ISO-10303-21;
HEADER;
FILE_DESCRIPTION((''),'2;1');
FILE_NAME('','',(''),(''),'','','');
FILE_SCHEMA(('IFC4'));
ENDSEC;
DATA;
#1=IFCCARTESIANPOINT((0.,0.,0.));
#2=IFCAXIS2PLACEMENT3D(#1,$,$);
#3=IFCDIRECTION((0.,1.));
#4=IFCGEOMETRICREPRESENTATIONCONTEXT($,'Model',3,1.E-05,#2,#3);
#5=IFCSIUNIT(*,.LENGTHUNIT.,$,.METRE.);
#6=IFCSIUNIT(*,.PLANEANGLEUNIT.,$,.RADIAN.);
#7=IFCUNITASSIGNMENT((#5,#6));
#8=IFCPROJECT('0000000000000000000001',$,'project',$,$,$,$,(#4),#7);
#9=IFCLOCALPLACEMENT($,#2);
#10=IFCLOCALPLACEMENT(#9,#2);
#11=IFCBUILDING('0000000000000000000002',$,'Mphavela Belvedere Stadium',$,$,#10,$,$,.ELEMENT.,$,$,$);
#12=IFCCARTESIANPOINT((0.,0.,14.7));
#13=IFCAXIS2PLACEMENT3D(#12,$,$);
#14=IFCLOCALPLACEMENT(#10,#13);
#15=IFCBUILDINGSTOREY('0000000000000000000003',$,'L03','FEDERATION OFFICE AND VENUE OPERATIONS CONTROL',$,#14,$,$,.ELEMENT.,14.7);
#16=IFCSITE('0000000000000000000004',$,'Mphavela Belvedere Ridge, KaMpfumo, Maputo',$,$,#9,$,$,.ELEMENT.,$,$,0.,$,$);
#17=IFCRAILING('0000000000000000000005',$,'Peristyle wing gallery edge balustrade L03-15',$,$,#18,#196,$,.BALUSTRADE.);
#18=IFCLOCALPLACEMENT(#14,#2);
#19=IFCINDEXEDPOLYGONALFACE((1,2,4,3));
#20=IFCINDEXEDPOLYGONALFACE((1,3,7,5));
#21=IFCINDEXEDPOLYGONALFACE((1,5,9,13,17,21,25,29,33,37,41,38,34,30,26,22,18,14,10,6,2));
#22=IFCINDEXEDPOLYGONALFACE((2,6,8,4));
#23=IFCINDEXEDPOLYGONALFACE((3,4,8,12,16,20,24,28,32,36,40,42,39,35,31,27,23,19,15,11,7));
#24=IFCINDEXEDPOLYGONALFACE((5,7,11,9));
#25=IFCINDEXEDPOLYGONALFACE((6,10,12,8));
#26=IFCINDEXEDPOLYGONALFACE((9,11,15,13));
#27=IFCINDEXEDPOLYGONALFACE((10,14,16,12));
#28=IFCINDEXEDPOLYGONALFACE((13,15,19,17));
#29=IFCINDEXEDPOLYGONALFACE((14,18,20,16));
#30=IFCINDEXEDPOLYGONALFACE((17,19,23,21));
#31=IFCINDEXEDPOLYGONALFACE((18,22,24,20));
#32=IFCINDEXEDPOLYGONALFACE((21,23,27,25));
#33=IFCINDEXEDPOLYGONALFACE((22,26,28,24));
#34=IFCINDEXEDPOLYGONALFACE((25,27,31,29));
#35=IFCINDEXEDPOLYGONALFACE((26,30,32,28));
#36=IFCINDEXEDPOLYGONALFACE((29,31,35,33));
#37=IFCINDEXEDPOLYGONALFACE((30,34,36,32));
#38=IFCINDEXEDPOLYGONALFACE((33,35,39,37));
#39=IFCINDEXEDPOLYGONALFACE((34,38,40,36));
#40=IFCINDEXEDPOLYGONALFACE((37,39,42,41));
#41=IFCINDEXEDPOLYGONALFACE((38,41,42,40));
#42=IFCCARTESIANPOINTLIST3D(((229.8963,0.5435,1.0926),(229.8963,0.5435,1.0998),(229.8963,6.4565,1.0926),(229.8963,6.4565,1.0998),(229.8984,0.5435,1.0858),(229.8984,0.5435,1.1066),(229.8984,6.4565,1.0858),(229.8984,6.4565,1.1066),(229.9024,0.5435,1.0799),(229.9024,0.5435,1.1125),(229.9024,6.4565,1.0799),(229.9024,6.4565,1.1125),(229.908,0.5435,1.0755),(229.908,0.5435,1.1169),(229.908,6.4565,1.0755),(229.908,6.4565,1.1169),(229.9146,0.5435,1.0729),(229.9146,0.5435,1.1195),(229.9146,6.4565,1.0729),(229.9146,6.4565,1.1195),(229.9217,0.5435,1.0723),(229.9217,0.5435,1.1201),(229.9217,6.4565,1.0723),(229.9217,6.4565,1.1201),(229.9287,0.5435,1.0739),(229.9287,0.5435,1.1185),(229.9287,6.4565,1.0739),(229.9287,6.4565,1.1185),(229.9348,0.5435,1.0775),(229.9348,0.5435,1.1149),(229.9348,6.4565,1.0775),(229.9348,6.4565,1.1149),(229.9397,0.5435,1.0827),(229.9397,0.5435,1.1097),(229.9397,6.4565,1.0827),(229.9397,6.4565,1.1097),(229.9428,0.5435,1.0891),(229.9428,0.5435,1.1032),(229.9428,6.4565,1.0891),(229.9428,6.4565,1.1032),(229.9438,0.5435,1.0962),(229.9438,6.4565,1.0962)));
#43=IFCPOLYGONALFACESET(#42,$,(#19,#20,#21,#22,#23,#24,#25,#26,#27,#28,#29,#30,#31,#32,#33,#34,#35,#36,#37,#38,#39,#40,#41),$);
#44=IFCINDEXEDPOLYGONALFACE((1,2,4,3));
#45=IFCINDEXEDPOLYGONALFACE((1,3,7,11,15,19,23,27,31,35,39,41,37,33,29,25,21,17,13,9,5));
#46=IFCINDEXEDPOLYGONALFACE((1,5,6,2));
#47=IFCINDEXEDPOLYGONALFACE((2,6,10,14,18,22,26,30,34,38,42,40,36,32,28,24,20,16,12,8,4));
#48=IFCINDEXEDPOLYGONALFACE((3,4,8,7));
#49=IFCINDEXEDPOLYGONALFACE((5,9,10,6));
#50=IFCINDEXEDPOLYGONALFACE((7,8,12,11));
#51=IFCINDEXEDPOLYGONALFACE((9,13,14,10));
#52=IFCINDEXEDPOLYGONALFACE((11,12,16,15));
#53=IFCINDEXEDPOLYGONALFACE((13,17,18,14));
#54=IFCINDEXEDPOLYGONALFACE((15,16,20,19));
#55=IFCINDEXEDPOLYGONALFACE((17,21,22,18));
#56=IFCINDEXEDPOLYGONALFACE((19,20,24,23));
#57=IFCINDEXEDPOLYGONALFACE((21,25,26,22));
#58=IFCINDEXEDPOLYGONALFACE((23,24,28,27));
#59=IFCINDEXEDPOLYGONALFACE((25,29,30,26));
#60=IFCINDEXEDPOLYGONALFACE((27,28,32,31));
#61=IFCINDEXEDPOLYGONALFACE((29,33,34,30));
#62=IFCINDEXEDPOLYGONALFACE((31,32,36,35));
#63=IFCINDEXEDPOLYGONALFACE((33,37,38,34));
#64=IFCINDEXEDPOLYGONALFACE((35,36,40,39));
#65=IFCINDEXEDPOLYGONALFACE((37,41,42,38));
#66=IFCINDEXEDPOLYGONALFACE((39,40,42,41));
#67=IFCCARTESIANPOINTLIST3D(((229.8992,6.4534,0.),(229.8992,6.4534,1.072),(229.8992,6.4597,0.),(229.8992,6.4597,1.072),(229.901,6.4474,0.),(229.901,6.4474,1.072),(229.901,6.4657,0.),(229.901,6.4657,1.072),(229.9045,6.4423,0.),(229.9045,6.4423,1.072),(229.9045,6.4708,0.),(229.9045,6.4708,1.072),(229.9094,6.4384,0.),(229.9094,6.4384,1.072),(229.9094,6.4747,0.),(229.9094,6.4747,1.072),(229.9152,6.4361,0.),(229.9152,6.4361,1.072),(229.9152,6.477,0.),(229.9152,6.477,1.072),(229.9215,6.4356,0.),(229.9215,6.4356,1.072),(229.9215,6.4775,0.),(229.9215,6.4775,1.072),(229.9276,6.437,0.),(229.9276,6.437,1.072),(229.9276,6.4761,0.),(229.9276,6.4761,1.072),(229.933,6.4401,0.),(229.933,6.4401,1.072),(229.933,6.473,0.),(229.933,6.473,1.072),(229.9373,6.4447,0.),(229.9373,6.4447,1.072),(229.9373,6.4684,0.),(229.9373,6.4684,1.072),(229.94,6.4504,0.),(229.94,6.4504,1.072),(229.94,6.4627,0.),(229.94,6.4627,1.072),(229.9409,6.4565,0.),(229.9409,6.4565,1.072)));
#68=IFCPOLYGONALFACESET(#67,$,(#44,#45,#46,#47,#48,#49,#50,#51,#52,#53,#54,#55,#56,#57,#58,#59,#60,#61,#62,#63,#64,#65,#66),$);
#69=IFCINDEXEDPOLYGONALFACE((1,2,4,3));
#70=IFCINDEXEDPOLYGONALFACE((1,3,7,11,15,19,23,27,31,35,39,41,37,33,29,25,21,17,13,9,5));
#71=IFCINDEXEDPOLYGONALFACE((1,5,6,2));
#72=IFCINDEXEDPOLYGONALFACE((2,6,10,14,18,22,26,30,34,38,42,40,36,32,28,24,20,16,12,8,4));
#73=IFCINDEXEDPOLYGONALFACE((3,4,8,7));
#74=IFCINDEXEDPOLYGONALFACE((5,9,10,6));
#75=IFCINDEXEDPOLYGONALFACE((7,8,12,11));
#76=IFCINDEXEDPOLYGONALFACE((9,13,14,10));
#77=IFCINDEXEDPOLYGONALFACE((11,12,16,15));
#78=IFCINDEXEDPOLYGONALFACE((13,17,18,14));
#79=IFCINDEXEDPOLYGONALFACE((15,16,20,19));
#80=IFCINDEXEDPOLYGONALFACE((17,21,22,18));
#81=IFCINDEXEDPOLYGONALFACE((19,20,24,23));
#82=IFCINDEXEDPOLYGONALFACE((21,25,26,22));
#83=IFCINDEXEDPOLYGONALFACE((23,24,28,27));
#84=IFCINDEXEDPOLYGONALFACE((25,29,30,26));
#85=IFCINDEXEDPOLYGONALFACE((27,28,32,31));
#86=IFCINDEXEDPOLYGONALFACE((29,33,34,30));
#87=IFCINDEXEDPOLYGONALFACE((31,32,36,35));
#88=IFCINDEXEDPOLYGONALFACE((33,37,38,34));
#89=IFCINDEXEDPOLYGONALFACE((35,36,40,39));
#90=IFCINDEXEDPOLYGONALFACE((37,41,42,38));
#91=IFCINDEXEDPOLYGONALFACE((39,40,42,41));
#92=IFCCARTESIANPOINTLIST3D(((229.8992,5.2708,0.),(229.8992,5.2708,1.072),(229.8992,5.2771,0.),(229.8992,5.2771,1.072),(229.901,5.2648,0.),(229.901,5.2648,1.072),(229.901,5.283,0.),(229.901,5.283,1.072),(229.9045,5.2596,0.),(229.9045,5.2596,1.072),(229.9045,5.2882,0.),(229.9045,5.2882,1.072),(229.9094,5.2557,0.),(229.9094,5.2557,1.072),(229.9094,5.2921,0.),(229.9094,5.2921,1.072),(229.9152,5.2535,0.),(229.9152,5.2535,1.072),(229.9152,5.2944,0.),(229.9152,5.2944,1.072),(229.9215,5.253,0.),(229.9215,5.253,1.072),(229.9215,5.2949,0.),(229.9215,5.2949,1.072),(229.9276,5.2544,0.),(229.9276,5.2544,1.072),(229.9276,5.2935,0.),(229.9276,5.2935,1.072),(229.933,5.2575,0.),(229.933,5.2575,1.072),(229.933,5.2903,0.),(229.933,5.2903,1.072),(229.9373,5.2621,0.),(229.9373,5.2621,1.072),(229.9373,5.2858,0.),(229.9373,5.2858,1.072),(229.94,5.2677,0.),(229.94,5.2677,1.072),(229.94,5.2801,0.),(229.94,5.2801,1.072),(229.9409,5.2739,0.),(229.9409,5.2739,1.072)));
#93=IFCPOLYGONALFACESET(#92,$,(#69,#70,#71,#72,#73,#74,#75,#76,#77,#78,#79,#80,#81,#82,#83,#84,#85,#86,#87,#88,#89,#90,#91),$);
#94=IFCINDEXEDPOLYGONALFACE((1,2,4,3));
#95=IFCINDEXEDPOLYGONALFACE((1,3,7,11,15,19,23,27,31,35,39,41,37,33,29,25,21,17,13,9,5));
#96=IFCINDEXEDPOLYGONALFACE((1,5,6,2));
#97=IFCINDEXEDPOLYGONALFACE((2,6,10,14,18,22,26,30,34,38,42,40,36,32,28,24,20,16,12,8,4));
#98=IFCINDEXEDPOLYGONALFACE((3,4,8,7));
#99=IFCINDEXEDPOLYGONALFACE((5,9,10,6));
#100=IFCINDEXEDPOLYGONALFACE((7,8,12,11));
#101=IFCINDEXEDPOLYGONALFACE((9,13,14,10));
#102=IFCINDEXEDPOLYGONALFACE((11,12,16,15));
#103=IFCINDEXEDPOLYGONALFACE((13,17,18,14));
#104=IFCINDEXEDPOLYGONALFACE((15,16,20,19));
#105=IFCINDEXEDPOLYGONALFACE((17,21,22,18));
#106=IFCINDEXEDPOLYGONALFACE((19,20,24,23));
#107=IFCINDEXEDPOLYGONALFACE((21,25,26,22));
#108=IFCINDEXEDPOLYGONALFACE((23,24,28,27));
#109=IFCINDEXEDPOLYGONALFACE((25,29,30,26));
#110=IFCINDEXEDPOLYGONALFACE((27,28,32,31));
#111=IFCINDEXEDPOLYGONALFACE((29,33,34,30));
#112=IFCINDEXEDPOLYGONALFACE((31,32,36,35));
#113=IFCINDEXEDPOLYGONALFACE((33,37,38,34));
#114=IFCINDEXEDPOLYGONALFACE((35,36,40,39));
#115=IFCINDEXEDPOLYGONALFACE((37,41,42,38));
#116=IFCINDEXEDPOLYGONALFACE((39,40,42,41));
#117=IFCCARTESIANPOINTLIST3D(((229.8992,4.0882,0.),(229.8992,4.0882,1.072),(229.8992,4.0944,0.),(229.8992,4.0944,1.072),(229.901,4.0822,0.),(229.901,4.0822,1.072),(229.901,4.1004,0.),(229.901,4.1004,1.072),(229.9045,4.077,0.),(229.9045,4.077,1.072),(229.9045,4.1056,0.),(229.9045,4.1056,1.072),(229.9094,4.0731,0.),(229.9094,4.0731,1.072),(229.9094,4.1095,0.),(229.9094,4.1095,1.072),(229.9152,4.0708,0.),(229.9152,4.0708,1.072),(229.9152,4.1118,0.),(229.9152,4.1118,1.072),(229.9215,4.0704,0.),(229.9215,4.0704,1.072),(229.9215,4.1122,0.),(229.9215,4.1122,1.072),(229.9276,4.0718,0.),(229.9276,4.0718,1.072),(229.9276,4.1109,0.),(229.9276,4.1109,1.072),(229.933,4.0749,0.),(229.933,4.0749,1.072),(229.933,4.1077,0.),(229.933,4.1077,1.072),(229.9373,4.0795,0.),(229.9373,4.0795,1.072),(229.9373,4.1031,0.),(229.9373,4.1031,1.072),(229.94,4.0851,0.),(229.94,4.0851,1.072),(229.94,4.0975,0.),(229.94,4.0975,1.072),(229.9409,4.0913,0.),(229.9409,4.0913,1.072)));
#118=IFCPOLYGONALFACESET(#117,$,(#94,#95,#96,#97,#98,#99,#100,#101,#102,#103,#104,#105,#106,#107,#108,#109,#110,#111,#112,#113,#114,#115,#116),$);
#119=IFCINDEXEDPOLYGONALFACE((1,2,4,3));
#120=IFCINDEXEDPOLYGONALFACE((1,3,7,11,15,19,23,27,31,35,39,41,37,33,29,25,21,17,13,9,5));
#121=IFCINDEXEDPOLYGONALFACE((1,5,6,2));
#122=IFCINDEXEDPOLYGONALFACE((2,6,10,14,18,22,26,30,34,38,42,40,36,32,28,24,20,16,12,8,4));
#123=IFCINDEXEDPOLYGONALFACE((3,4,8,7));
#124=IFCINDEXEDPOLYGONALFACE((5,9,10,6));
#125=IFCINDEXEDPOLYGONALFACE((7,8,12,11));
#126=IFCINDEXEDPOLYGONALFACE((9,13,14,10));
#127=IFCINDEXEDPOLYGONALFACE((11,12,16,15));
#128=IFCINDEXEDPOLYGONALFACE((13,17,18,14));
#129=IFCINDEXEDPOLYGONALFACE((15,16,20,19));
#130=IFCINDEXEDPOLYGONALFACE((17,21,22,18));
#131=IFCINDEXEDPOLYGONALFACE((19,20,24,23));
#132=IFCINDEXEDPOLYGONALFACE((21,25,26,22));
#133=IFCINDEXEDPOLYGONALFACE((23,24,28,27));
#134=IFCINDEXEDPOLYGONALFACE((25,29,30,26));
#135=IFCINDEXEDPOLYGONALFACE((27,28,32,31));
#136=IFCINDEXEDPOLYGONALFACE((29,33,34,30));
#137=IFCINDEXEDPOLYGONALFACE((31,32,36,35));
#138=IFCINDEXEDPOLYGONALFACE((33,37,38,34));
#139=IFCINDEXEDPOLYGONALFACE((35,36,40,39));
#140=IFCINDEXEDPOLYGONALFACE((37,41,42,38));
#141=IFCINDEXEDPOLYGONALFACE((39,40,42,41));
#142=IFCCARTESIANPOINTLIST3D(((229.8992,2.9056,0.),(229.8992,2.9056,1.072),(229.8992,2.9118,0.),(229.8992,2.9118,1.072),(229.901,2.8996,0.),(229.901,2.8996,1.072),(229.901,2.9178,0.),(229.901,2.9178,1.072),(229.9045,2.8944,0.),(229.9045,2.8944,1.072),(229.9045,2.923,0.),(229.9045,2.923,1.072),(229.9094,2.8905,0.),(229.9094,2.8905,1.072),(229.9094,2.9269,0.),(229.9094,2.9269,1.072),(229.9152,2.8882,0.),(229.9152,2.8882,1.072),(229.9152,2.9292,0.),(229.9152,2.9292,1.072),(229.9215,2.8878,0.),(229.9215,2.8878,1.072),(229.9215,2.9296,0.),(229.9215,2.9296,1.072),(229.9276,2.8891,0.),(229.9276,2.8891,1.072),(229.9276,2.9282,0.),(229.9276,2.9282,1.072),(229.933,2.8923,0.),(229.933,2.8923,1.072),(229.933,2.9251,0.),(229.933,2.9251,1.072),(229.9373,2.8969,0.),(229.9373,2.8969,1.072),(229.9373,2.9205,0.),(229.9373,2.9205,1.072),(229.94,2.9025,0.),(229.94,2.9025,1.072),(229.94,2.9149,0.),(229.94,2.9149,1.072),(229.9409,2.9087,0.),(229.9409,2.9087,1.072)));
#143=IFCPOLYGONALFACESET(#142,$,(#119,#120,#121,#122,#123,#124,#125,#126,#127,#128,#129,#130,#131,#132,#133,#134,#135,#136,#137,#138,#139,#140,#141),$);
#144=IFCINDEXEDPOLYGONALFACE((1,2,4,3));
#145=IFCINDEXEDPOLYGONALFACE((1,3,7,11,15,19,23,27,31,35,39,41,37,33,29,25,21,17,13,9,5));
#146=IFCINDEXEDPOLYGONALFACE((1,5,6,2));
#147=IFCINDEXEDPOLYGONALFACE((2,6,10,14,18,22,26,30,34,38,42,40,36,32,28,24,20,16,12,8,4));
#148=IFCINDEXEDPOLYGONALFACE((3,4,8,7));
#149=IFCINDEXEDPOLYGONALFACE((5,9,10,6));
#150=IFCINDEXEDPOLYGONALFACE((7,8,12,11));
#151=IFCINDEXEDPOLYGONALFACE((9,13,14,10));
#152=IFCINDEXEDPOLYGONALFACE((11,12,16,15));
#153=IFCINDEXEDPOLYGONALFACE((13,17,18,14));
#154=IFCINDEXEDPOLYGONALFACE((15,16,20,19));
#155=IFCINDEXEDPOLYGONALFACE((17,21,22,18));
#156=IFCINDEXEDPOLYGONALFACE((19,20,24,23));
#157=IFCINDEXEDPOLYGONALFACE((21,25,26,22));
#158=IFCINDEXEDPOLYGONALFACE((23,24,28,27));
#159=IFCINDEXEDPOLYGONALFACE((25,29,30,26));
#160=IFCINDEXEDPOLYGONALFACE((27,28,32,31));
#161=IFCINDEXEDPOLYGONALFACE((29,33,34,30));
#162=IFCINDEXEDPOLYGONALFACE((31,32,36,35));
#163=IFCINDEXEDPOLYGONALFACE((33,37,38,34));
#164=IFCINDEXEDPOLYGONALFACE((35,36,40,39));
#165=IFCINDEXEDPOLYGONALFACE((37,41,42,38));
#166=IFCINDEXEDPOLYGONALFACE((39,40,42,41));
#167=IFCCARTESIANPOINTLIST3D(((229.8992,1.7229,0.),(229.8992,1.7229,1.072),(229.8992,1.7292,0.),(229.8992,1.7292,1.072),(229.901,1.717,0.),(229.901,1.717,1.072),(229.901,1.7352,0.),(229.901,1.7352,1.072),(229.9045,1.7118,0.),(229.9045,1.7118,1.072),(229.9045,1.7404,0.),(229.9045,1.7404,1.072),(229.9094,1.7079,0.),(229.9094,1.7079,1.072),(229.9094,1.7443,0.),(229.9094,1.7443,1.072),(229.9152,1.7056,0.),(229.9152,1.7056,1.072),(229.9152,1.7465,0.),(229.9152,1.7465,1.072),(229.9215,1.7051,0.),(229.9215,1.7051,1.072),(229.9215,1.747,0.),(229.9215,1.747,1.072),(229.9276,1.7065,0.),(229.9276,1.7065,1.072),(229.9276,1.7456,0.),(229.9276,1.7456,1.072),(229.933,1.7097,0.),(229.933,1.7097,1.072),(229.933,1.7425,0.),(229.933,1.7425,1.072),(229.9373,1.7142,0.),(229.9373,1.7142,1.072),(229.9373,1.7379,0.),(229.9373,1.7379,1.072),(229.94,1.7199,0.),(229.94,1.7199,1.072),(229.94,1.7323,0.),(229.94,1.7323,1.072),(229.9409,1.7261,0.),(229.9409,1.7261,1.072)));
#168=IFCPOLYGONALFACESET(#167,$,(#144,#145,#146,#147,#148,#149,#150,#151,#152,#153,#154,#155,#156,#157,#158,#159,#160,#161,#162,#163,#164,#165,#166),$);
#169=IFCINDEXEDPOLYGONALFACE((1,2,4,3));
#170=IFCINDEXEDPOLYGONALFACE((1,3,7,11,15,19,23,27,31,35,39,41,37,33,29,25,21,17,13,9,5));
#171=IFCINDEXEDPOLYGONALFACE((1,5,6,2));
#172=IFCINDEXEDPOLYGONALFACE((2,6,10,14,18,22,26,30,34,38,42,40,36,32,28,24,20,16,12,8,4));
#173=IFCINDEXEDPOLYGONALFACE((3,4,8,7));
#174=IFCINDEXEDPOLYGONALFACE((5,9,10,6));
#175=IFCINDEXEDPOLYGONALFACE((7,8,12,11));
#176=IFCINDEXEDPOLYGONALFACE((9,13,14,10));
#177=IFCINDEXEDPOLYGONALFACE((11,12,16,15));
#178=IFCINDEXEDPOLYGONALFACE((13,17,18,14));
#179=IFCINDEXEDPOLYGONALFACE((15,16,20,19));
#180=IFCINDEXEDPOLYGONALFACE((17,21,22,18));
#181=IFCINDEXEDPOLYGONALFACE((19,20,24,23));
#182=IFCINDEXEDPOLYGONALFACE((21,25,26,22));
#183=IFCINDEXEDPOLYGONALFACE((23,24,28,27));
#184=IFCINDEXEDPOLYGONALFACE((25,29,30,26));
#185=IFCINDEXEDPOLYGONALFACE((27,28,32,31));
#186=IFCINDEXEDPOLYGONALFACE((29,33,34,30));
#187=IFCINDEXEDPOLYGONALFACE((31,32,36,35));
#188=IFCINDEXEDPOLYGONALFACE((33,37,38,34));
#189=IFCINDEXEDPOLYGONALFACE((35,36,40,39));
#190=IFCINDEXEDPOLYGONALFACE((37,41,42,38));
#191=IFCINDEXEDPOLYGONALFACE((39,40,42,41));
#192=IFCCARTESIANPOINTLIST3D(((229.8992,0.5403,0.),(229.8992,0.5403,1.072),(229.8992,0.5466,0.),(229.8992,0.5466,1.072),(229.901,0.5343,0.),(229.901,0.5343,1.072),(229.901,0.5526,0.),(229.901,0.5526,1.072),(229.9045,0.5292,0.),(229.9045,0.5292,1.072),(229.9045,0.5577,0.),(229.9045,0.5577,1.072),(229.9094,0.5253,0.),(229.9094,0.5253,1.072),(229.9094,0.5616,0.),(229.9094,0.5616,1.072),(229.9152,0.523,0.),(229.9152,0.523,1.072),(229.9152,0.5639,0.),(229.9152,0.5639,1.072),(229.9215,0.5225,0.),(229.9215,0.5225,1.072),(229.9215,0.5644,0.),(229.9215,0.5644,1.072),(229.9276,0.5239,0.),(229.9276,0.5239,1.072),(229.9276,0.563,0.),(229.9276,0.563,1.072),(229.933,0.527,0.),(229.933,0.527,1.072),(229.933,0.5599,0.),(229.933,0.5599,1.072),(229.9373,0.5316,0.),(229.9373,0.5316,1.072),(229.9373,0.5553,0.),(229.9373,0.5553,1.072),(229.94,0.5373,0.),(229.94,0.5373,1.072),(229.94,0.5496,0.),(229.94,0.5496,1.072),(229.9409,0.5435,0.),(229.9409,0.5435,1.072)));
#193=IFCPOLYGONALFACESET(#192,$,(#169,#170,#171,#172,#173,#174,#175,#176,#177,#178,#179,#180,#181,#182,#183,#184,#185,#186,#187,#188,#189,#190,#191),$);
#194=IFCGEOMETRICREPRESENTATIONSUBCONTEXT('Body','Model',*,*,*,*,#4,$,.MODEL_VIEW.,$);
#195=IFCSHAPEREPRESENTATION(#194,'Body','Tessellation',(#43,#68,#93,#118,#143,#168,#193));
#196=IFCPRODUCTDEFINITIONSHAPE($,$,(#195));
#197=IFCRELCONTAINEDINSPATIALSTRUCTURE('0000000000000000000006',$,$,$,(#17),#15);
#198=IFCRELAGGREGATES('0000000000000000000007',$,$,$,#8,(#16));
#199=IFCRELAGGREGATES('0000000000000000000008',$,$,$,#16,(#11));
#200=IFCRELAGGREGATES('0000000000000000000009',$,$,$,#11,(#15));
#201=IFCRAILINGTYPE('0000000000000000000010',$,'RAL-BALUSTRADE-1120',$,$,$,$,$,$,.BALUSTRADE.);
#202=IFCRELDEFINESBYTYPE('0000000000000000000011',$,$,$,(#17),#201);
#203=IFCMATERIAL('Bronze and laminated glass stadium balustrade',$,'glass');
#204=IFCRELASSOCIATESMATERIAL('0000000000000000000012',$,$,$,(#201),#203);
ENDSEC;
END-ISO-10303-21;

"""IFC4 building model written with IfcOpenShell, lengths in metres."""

from ifc_helpers import new_model, si_unit, direction, frame, origin, origin_2d, place, context, subcontext, project, spatial, circle, extrude, material, type_object, element, save


model = new_model("IFC4")

# Units and contexts
model_context = context("Model", 3, precision=1e-05, world=origin(), true_north=direction((0.0, 1.0)))
body_context = subcontext(model_context, "Body", "Model", "MODEL_VIEW")
ifc_project = project(units=[si_unit("LENGTHUNIT", "METRE"), si_unit("PLANEANGLEUNIT", "RADIAN")], contexts=[model_context])

# Site, building, storey
site_placement = place(None, origin())
site = spatial("IfcSite", under=ifc_project, at=site_placement, Name="Mphavela Belvedere Ridge, KaMpfumo, Maputo", CompositionType="ELEMENT", RefElevation=0.0)
building_placement = place(site_placement, origin())
building = spatial("IfcBuilding", under=site, at=building_placement, Name="Mphavela Belvedere Stadium", CompositionType="ELEMENT")
storey_placement = place(building_placement, frame((0.0, 0.0, 14.7)))
storey = spatial("IfcBuildingStorey", under=building, at=storey_placement, Name="L03", Description="FEDERATION OFFICE AND VENUE OPERATIONS CONTROL", CompositionType="ELEMENT", Elevation=14.7)

# Railing
ifc_material_1 = material(Name="Bronze and laminated glass stadium balustrade", Category="glass")
railing_type = type_object("IfcRailingType", Name="RAL-BALUSTRADE-1120", PredefinedType="BALUSTRADE", material=ifc_material_1)
for number, where, name in (
    (1, (229.9199, 6.4565, 0.0), "Peristyle wing gallery edge balustrade L03-15"),
):
    element("IfcRailing", number, at=place(storey_placement, frame(where)), inside=storey, type_object=railing_type, Name=name, PredefinedType="BALUSTRADE", context=body_context, shape_type="SweptSolid", body=[
        extrude(circle(Radius=0.0239, at=origin_2d()), frame((0.0, 0.0, 1.0962), z_axis=(0.0, -1.0, 0.0), x_axis=(1.0, 0.0, 0.0)), (0.0, 0.0, 1.0), 5.9131),
        extrude(circle(Radius=0.021, at=origin_2d()), origin(), (0.0, 0.0, 1.0), 1.072),
        extrude(circle(Radius=0.021, at=origin_2d()), frame((0.0, -1.1826, 0.0)), (0.0, 0.0, 1.0), 1.072),
        extrude(circle(Radius=0.021, at=origin_2d()), frame((0.0, -2.3652, 0.0)), (0.0, 0.0, 1.0), 1.072),
        extrude(circle(Radius=0.021, at=origin_2d()), frame((0.0, -3.5479, 0.0)), (0.0, 0.0, 1.0), 1.072),
        extrude(circle(Radius=0.021, at=origin_2d()), frame((0.0, -4.7305, 0.0)), (0.0, 0.0, 1.0), 1.072),
        extrude(circle(Radius=0.021, at=origin_2d()), frame((0.0, -5.9131, 0.0)), (0.0, 0.0, 1.0), 1.072),
    ])

save(model, "model.ifc")
